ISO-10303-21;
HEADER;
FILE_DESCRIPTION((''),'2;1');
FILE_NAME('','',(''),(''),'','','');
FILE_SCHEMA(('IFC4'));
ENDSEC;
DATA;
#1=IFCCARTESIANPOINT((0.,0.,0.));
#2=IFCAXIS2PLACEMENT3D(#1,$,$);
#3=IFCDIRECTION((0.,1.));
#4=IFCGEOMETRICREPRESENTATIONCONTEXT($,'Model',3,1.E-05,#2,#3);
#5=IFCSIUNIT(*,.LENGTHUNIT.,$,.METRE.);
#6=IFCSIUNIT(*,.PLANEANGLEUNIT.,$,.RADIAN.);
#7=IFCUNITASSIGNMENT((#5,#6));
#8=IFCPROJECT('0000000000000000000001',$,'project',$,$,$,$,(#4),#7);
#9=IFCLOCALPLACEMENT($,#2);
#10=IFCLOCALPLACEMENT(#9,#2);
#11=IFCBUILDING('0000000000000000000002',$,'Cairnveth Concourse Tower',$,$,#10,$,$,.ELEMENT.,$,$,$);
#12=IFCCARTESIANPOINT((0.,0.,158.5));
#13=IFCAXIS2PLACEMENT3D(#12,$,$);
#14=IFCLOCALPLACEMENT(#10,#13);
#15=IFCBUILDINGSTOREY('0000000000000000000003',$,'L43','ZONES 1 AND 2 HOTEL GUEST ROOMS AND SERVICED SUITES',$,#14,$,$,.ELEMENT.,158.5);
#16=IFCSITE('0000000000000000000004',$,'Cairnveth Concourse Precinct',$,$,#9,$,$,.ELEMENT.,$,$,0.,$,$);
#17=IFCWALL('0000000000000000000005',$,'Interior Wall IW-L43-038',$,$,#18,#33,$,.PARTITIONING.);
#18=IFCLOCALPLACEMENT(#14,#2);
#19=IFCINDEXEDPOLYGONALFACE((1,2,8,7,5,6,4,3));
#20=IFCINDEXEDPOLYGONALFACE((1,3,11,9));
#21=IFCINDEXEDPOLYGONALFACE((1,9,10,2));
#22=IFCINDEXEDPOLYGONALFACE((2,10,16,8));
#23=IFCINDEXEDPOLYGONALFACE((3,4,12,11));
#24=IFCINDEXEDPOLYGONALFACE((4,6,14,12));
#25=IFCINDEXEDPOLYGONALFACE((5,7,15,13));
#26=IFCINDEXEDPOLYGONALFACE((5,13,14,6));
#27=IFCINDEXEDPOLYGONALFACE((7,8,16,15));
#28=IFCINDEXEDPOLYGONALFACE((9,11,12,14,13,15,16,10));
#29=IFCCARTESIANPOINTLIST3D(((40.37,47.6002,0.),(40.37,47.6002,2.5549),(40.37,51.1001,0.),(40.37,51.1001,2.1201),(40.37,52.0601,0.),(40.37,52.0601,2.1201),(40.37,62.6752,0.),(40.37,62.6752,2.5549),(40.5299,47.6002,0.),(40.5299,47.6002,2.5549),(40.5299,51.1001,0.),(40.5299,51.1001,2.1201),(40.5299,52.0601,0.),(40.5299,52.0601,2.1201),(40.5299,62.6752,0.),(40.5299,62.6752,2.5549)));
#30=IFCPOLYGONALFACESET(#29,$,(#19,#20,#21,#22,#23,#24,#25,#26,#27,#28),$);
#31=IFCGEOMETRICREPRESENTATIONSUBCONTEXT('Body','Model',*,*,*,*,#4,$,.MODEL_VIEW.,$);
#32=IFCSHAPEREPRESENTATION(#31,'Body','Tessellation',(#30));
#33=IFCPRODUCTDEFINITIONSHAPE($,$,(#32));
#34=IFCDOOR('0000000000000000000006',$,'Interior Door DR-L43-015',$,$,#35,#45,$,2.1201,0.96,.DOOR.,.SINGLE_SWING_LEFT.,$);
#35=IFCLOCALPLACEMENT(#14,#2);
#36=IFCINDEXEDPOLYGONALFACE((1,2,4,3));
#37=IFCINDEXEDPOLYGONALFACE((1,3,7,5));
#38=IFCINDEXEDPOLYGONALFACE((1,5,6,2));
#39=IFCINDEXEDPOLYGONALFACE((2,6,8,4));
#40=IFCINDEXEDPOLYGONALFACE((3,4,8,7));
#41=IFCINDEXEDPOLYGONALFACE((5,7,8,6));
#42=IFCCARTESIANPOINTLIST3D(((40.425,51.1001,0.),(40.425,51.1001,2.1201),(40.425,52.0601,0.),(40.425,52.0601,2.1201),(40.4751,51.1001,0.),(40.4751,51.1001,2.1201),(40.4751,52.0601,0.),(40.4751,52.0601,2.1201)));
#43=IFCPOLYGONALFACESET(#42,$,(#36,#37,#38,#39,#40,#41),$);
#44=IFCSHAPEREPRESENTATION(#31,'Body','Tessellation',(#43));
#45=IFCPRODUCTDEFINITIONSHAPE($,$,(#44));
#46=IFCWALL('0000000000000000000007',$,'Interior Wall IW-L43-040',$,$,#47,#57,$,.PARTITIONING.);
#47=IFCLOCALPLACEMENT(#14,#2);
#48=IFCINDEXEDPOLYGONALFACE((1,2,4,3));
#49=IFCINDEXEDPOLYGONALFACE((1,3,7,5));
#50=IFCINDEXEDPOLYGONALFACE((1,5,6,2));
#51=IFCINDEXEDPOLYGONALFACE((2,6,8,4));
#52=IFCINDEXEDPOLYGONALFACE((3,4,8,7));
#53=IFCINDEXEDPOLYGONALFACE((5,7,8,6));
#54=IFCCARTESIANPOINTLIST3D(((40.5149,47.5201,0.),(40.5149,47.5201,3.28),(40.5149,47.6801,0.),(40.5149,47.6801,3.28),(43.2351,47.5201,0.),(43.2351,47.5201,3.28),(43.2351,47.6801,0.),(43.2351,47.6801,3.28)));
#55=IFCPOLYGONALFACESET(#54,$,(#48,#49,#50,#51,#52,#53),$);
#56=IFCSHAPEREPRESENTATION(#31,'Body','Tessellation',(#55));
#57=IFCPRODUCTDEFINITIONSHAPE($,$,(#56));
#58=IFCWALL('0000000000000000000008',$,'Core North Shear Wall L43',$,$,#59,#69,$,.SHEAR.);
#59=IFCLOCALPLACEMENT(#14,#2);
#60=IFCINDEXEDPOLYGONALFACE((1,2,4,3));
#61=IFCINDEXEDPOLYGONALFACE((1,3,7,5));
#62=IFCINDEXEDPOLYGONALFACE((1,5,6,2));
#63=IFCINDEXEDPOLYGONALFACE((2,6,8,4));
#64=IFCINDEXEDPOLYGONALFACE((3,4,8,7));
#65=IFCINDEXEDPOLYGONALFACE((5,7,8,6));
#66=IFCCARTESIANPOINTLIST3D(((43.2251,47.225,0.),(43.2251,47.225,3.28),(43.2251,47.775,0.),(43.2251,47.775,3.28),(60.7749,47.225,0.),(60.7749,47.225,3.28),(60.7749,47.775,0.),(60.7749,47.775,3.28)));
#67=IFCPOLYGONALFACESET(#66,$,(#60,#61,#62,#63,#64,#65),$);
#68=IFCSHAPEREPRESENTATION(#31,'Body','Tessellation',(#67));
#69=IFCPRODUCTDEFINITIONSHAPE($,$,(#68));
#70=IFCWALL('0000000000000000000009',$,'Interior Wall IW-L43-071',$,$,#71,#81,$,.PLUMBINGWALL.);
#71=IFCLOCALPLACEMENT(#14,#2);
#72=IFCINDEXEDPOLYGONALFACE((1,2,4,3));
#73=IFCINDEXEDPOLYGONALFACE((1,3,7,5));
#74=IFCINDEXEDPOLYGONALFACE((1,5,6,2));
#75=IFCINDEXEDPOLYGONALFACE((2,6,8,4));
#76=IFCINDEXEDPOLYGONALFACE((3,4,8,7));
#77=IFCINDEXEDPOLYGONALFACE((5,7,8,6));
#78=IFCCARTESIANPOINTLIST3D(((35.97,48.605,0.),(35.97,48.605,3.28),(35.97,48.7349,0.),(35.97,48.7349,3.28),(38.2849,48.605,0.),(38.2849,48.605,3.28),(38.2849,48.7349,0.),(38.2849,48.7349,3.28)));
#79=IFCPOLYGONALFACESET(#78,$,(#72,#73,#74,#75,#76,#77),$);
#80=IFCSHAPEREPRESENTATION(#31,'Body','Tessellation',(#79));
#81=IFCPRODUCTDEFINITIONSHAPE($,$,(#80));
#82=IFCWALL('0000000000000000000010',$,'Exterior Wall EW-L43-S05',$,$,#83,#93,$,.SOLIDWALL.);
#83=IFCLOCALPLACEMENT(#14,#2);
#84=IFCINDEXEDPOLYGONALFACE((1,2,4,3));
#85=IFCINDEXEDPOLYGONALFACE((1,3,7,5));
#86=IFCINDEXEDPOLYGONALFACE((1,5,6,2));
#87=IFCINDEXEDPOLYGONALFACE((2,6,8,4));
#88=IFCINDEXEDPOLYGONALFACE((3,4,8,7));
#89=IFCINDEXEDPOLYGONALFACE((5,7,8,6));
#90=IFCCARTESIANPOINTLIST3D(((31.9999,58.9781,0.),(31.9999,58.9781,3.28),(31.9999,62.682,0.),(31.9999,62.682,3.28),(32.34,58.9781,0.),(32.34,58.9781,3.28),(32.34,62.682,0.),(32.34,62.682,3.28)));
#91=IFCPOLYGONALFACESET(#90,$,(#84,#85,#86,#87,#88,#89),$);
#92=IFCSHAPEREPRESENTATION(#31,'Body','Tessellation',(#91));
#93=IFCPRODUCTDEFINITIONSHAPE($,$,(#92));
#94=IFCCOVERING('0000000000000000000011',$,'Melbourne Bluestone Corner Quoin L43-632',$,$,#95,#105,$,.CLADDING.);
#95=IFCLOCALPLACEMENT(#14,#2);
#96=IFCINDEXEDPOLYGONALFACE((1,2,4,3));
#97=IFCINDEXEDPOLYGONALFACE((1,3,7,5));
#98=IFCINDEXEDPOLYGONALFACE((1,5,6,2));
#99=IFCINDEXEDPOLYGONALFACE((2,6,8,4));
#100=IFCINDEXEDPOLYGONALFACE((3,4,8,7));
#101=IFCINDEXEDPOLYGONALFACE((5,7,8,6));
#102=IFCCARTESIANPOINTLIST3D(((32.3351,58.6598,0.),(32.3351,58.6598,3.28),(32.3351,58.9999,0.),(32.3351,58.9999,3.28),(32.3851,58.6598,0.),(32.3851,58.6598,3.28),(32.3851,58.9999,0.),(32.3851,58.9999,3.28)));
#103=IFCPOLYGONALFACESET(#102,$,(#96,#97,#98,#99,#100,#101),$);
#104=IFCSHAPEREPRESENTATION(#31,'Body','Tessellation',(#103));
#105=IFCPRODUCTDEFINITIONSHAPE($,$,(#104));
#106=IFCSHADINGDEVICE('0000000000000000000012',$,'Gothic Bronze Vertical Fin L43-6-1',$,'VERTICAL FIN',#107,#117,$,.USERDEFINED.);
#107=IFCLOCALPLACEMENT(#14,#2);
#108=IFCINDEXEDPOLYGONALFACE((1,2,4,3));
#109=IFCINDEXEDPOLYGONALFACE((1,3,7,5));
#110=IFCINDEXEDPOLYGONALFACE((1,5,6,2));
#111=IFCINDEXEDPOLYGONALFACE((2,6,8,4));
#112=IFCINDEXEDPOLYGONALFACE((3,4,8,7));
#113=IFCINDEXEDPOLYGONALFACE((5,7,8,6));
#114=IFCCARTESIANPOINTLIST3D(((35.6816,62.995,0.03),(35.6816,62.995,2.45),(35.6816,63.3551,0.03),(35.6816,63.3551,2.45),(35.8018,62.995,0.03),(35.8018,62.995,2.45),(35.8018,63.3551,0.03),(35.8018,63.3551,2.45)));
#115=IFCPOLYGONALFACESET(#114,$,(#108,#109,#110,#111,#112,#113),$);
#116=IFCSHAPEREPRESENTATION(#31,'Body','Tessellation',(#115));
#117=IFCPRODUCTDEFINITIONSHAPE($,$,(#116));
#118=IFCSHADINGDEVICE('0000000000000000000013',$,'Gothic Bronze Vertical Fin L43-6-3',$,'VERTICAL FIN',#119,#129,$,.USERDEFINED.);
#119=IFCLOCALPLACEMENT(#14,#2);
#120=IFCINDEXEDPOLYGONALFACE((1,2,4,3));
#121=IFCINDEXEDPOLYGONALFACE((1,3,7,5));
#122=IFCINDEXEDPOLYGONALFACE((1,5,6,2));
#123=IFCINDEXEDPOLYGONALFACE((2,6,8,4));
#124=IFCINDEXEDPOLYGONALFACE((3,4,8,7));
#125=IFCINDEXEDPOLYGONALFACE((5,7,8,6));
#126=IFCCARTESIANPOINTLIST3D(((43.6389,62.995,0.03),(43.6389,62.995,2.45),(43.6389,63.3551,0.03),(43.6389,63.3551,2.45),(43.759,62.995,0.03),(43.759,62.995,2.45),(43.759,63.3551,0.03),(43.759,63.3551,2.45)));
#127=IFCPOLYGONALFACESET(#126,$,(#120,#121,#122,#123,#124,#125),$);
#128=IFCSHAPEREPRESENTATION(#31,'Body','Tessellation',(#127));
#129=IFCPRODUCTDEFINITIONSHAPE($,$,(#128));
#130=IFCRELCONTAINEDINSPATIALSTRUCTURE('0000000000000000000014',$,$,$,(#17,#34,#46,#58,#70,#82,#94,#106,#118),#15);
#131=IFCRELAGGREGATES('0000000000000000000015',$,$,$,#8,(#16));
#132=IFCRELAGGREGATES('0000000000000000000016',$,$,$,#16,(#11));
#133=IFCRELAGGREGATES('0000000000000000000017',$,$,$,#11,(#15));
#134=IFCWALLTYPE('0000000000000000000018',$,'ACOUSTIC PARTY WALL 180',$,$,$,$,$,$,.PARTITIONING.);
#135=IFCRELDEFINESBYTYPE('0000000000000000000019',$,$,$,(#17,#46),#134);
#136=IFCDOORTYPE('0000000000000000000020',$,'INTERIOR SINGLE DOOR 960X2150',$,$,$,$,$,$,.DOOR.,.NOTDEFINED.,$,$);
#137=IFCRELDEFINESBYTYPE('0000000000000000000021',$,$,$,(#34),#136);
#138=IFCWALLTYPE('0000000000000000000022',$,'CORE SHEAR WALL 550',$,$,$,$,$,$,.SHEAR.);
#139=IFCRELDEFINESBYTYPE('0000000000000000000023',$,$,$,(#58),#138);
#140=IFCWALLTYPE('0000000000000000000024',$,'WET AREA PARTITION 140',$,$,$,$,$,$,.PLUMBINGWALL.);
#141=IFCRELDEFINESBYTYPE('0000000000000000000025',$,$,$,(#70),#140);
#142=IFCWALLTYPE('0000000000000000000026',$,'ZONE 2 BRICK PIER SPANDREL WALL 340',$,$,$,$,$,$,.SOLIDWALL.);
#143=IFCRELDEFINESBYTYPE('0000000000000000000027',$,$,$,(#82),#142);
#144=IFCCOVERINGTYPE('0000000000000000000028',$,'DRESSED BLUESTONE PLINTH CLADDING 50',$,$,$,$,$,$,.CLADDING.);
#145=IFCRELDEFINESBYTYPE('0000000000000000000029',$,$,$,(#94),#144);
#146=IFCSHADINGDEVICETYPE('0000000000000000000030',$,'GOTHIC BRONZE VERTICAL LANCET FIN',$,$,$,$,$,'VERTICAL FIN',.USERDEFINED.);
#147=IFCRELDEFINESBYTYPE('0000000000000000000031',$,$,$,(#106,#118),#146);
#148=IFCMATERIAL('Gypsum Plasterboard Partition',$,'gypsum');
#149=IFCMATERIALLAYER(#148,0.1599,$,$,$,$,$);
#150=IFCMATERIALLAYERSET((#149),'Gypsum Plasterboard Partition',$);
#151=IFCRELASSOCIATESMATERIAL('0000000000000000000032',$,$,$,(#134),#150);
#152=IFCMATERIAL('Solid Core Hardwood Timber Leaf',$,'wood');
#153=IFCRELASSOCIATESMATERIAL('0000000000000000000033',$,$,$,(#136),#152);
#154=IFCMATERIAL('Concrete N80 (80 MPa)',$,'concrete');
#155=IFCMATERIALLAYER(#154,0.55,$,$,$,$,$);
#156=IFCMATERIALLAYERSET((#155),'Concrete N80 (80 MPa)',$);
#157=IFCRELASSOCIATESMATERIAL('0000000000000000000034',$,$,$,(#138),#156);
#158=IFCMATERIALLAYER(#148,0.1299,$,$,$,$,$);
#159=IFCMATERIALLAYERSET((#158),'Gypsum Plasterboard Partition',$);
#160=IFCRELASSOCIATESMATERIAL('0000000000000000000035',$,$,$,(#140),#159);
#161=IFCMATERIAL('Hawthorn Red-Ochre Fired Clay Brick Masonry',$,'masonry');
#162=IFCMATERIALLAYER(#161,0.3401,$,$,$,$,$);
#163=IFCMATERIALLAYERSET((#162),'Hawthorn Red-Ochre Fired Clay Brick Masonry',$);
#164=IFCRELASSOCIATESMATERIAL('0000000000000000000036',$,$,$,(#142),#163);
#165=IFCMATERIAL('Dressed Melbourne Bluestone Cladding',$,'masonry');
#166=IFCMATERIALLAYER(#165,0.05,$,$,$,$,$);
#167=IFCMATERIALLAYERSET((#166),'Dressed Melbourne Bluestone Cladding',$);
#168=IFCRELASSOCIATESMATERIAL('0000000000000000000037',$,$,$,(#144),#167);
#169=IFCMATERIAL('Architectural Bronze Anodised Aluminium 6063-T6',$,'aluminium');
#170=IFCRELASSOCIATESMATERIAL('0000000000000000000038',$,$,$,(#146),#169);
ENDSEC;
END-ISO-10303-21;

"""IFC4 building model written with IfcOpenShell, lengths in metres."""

from ifc_helpers import new_model, si_unit, direction, frame, frame_2d, origin, origin_2d, place, context, subcontext, project, spatial, rectangle, extrude, material, layer, layer_set, type_object, element, fill, save


model = new_model("IFC4")

# Units and contexts
model_context = context("Model", 3, precision=1e-05, world=origin(), true_north=direction((0.0, 1.0)))
body_context = subcontext(model_context, "Body", "Model", "MODEL_VIEW")
ifc_project = project(units=[si_unit("LENGTHUNIT", "METRE"), si_unit("PLANEANGLEUNIT", "RADIAN")], contexts=[model_context])

# Site, building, storey
site_placement = place(None, origin())
site = spatial("IfcSite", under=ifc_project, at=site_placement, Name="Cairnveth Concourse Precinct", CompositionType="ELEMENT", RefElevation=0.0)
building_placement = place(site_placement, origin())
building = spatial("IfcBuilding", under=site, at=building_placement, Name="Cairnveth Concourse Tower", CompositionType="ELEMENT")
storey_placement = place(building_placement, frame((0.0, 0.0, 158.5)))
storey = spatial("IfcBuildingStorey", under=building, at=storey_placement, Name="L43", Description="ZONES 1 AND 2 HOTEL GUEST ROOMS AND SERVICED SUITES", CompositionType="ELEMENT", Elevation=158.5)

# Wall, opening, door
ifc_material_1 = material(Name="Gypsum Plasterboard Partition", Category="gypsum")
ifc_layer_1 = layer(ifc_material_1, 0.1599)
ifc_layer_set_1 = layer_set([ifc_layer_1], Name="Gypsum Plasterboard Partition")
wall_type_1 = type_object("IfcWallType", Name="ACOUSTIC PARTY WALL 180", PredefinedType="PARTITIONING", material=ifc_layer_set_1)
wall_1_placement = place(storey_placement, frame((40.45, 47.6001, 0.0), z_axis=(0.0, 0.0, 1.0), x_axis=(0.0, 1.0, 0.0)))
wall_1 = element("IfcWall", 1, at=wall_1_placement, inside=storey, type_object=wall_type_1, Name="Interior Wall IW-L43-038", PredefinedType="PARTITIONING", context=body_context, shape_type="SweptSolid", body=[
    extrude(rectangle(XDim=15.075, YDim=0.1599, at=frame_2d((7.5376, 0.0))), origin(), (0.0, 0.0, 1.0), 2.5549),
])
opening_placement = place(wall_1_placement, frame((3.5, 0.0, 0.0)))
opening = element("IfcOpeningElement", 2, at=opening_placement, cuts=wall_1, PredefinedType="OPENING", context=body_context, shape_type="SweptSolid", body=[
    extrude(rectangle(XDim=0.96, YDim=2.1201, at=frame_2d((0.48, 1.0601))), frame((0.0, 0.0898, 0.0), z_axis=(0.0, -1.0, 0.0), x_axis=(1.0, 0.0, 0.0)), (0.0, 0.0, 1.0), 0.1799),
])
ifc_material_2 = material(Name="Solid Core Hardwood Timber Leaf", Category="wood")
door_type = type_object("IfcDoorType", Name="INTERIOR SINGLE DOOR 960X2150", OperationType="NOTDEFINED", PredefinedType="DOOR", material=ifc_material_2)
door_placement = place(opening_placement, origin())
door = element("IfcDoor", 3, at=door_placement, inside=storey, type_object=door_type, Name="Interior Door DR-L43-015", OperationType="SINGLE_SWING_LEFT", OverallHeight=2.1201, OverallWidth=0.96, PredefinedType="DOOR", context=body_context, shape_type="SweptSolid", body=[
    extrude(rectangle(XDim=0.96, YDim=2.1201, at=frame_2d((0.48, 1.0601))), frame((0.0, 0.0249, 0.0), z_axis=(0.0, -1.0, 0.0), x_axis=(1.0, 0.0, 0.0)), (0.0, 0.0, 1.0), 0.05),
])
fill(opening, door)

# Walls
wall_2_placement = place(storey_placement, frame((40.5149, 47.6001, 0.0), z_axis=(0.0, 0.0, 1.0), x_axis=(1.0, 0.0, 0.0)))
element("IfcWall", 4, at=wall_2_placement, inside=storey, type_object=wall_type_1, Name="Interior Wall IW-L43-040", PredefinedType="PARTITIONING", context=body_context, shape_type="SweptSolid", body=[
    extrude(rectangle(XDim=2.7202, YDim=0.1599, at=frame_2d((1.3601, 0.0))), origin(), (0.0, 0.0, 1.0), 3.28),
])
ifc_material_3 = material(Name="Concrete N80 (80 MPa)", Category="concrete")
ifc_layer_2 = layer(ifc_material_3, 0.55)
ifc_layer_set_2 = layer_set([ifc_layer_2], Name="Concrete N80 (80 MPa)")
wall_type_2 = type_object("IfcWallType", Name="CORE SHEAR WALL 550", PredefinedType="SHEAR", material=ifc_layer_set_2)
wall_3_placement = place(storey_placement, frame((43.2251, 47.5, 0.0), z_axis=(0.0, 0.0, 1.0), x_axis=(1.0, 0.0, 0.0)))
element("IfcWall", 5, at=wall_3_placement, inside=storey, type_object=wall_type_2, Name="Core North Shear Wall L43", PredefinedType="SHEAR", context=body_context, shape_type="SweptSolid", body=[
    extrude(rectangle(XDim=17.5498, YDim=0.55, at=frame_2d((8.7749, 0.0))), origin(), (0.0, 0.0, 1.0), 3.28),
])
ifc_layer_3 = layer(ifc_material_1, 0.1299)
ifc_layer_set_3 = layer_set([ifc_layer_3], Name="Gypsum Plasterboard Partition")
wall_type_3 = type_object("IfcWallType", Name="WET AREA PARTITION 140", PredefinedType="PLUMBINGWALL", material=ifc_layer_set_3)
wall_4_placement = place(storey_placement, frame((35.97, 48.6699, 0.0), z_axis=(0.0, 0.0, 1.0), x_axis=(1.0, 0.0, 0.0)))
element("IfcWall", 6, at=wall_4_placement, inside=storey, type_object=wall_type_3, Name="Interior Wall IW-L43-071", PredefinedType="PLUMBINGWALL", context=body_context, shape_type="SweptSolid", body=[
    extrude(rectangle(XDim=2.3149, YDim=0.1299, at=frame_2d((1.1575, 0.0))), origin(), (0.0, 0.0, 1.0), 3.28),
])
ifc_material_4 = material(Name="Hawthorn Red-Ochre Fired Clay Brick Masonry", Category="masonry")
ifc_layer_4 = layer(ifc_material_4, 0.3401)
ifc_layer_set_4 = layer_set([ifc_layer_4], Name="Hawthorn Red-Ochre Fired Clay Brick Masonry")
wall_type_4 = type_object("IfcWallType", Name="ZONE 2 BRICK PIER SPANDREL WALL 340", PredefinedType="SOLIDWALL", material=ifc_layer_set_4)
wall_5_placement = place(storey_placement, frame((32.1699, 58.978, 0.0), z_axis=(0.0, 0.0, 1.0), x_axis=(0.0, 1.0, 0.0)))
element("IfcWall", 7, at=wall_5_placement, inside=storey, type_object=wall_type_4, Name="Exterior Wall EW-L43-S05", PredefinedType="SOLIDWALL", context=body_context, shape_type="SweptSolid", body=[
    extrude(rectangle(XDim=3.7039, YDim=0.3401, at=frame_2d((1.8521, 0.0))), origin(), (0.0, 0.0, 1.0), 3.28),
])

# Covering
ifc_material_5 = material(Name="Dressed Melbourne Bluestone Cladding", Category="masonry")
ifc_layer_5 = layer(ifc_material_5, 0.05)
ifc_layer_set_5 = layer_set([ifc_layer_5], Name="Dressed Melbourne Bluestone Cladding")
covering_type = type_object("IfcCoveringType", Name="DRESSED BLUESTONE PLINTH CLADDING 50", PredefinedType="CLADDING", material=ifc_layer_set_5)
covering_placement = place(storey_placement, frame((32.3601, 58.6599, 0.0), z_axis=(0.0, 0.0, 1.0), x_axis=(0.0, 1.0, 0.0)))
element("IfcCovering", 8, at=covering_placement, inside=storey, type_object=covering_type, Name="Melbourne Bluestone Corner Quoin L43-632", PredefinedType="CLADDING", context=body_context, shape_type="SweptSolid", body=[
    extrude(rectangle(XDim=0.3401, YDim=0.05, at=frame_2d((0.1699, 0.0))), origin(), (0.0, 0.0, 1.0), 3.28),
])

# Shading devices
ifc_material_6 = material(Name="Architectural Bronze Anodised Aluminium 6063-T6", Category="aluminium")
shading_device_type = type_object("IfcShadingDeviceType", Name="GOTHIC BRONZE VERTICAL LANCET FIN", ElementType="VERTICAL FIN", PredefinedType="USERDEFINED", material=ifc_material_6)
for number, where, z_axis, x_axis, name in (
    (9, (35.7417, 63.175, 0.03), (0.0, 0.0, 1.0), (1.0, 0.0, 0.0), "Gothic Bronze Vertical Fin L43-6-1"),
    (10, (43.699, 63.175, 0.03), (0.0, 0.0, 1.0), (1.0, 0.0, 0.0), "Gothic Bronze Vertical Fin L43-6-3"),
):
    element("IfcShadingDevice", number, at=place(storey_placement, frame(where, z_axis=z_axis, x_axis=x_axis)), inside=storey, type_object=shading_device_type, Name=name, ObjectType="VERTICAL FIN", PredefinedType="USERDEFINED", context=body_context, shape_type="SweptSolid", body=[
        extrude(rectangle(XDim=0.1201, YDim=0.3601, at=origin_2d()), origin(), (0.0, 0.0, 1.0), 2.4199),
    ])

save(model, "model.ifc")
